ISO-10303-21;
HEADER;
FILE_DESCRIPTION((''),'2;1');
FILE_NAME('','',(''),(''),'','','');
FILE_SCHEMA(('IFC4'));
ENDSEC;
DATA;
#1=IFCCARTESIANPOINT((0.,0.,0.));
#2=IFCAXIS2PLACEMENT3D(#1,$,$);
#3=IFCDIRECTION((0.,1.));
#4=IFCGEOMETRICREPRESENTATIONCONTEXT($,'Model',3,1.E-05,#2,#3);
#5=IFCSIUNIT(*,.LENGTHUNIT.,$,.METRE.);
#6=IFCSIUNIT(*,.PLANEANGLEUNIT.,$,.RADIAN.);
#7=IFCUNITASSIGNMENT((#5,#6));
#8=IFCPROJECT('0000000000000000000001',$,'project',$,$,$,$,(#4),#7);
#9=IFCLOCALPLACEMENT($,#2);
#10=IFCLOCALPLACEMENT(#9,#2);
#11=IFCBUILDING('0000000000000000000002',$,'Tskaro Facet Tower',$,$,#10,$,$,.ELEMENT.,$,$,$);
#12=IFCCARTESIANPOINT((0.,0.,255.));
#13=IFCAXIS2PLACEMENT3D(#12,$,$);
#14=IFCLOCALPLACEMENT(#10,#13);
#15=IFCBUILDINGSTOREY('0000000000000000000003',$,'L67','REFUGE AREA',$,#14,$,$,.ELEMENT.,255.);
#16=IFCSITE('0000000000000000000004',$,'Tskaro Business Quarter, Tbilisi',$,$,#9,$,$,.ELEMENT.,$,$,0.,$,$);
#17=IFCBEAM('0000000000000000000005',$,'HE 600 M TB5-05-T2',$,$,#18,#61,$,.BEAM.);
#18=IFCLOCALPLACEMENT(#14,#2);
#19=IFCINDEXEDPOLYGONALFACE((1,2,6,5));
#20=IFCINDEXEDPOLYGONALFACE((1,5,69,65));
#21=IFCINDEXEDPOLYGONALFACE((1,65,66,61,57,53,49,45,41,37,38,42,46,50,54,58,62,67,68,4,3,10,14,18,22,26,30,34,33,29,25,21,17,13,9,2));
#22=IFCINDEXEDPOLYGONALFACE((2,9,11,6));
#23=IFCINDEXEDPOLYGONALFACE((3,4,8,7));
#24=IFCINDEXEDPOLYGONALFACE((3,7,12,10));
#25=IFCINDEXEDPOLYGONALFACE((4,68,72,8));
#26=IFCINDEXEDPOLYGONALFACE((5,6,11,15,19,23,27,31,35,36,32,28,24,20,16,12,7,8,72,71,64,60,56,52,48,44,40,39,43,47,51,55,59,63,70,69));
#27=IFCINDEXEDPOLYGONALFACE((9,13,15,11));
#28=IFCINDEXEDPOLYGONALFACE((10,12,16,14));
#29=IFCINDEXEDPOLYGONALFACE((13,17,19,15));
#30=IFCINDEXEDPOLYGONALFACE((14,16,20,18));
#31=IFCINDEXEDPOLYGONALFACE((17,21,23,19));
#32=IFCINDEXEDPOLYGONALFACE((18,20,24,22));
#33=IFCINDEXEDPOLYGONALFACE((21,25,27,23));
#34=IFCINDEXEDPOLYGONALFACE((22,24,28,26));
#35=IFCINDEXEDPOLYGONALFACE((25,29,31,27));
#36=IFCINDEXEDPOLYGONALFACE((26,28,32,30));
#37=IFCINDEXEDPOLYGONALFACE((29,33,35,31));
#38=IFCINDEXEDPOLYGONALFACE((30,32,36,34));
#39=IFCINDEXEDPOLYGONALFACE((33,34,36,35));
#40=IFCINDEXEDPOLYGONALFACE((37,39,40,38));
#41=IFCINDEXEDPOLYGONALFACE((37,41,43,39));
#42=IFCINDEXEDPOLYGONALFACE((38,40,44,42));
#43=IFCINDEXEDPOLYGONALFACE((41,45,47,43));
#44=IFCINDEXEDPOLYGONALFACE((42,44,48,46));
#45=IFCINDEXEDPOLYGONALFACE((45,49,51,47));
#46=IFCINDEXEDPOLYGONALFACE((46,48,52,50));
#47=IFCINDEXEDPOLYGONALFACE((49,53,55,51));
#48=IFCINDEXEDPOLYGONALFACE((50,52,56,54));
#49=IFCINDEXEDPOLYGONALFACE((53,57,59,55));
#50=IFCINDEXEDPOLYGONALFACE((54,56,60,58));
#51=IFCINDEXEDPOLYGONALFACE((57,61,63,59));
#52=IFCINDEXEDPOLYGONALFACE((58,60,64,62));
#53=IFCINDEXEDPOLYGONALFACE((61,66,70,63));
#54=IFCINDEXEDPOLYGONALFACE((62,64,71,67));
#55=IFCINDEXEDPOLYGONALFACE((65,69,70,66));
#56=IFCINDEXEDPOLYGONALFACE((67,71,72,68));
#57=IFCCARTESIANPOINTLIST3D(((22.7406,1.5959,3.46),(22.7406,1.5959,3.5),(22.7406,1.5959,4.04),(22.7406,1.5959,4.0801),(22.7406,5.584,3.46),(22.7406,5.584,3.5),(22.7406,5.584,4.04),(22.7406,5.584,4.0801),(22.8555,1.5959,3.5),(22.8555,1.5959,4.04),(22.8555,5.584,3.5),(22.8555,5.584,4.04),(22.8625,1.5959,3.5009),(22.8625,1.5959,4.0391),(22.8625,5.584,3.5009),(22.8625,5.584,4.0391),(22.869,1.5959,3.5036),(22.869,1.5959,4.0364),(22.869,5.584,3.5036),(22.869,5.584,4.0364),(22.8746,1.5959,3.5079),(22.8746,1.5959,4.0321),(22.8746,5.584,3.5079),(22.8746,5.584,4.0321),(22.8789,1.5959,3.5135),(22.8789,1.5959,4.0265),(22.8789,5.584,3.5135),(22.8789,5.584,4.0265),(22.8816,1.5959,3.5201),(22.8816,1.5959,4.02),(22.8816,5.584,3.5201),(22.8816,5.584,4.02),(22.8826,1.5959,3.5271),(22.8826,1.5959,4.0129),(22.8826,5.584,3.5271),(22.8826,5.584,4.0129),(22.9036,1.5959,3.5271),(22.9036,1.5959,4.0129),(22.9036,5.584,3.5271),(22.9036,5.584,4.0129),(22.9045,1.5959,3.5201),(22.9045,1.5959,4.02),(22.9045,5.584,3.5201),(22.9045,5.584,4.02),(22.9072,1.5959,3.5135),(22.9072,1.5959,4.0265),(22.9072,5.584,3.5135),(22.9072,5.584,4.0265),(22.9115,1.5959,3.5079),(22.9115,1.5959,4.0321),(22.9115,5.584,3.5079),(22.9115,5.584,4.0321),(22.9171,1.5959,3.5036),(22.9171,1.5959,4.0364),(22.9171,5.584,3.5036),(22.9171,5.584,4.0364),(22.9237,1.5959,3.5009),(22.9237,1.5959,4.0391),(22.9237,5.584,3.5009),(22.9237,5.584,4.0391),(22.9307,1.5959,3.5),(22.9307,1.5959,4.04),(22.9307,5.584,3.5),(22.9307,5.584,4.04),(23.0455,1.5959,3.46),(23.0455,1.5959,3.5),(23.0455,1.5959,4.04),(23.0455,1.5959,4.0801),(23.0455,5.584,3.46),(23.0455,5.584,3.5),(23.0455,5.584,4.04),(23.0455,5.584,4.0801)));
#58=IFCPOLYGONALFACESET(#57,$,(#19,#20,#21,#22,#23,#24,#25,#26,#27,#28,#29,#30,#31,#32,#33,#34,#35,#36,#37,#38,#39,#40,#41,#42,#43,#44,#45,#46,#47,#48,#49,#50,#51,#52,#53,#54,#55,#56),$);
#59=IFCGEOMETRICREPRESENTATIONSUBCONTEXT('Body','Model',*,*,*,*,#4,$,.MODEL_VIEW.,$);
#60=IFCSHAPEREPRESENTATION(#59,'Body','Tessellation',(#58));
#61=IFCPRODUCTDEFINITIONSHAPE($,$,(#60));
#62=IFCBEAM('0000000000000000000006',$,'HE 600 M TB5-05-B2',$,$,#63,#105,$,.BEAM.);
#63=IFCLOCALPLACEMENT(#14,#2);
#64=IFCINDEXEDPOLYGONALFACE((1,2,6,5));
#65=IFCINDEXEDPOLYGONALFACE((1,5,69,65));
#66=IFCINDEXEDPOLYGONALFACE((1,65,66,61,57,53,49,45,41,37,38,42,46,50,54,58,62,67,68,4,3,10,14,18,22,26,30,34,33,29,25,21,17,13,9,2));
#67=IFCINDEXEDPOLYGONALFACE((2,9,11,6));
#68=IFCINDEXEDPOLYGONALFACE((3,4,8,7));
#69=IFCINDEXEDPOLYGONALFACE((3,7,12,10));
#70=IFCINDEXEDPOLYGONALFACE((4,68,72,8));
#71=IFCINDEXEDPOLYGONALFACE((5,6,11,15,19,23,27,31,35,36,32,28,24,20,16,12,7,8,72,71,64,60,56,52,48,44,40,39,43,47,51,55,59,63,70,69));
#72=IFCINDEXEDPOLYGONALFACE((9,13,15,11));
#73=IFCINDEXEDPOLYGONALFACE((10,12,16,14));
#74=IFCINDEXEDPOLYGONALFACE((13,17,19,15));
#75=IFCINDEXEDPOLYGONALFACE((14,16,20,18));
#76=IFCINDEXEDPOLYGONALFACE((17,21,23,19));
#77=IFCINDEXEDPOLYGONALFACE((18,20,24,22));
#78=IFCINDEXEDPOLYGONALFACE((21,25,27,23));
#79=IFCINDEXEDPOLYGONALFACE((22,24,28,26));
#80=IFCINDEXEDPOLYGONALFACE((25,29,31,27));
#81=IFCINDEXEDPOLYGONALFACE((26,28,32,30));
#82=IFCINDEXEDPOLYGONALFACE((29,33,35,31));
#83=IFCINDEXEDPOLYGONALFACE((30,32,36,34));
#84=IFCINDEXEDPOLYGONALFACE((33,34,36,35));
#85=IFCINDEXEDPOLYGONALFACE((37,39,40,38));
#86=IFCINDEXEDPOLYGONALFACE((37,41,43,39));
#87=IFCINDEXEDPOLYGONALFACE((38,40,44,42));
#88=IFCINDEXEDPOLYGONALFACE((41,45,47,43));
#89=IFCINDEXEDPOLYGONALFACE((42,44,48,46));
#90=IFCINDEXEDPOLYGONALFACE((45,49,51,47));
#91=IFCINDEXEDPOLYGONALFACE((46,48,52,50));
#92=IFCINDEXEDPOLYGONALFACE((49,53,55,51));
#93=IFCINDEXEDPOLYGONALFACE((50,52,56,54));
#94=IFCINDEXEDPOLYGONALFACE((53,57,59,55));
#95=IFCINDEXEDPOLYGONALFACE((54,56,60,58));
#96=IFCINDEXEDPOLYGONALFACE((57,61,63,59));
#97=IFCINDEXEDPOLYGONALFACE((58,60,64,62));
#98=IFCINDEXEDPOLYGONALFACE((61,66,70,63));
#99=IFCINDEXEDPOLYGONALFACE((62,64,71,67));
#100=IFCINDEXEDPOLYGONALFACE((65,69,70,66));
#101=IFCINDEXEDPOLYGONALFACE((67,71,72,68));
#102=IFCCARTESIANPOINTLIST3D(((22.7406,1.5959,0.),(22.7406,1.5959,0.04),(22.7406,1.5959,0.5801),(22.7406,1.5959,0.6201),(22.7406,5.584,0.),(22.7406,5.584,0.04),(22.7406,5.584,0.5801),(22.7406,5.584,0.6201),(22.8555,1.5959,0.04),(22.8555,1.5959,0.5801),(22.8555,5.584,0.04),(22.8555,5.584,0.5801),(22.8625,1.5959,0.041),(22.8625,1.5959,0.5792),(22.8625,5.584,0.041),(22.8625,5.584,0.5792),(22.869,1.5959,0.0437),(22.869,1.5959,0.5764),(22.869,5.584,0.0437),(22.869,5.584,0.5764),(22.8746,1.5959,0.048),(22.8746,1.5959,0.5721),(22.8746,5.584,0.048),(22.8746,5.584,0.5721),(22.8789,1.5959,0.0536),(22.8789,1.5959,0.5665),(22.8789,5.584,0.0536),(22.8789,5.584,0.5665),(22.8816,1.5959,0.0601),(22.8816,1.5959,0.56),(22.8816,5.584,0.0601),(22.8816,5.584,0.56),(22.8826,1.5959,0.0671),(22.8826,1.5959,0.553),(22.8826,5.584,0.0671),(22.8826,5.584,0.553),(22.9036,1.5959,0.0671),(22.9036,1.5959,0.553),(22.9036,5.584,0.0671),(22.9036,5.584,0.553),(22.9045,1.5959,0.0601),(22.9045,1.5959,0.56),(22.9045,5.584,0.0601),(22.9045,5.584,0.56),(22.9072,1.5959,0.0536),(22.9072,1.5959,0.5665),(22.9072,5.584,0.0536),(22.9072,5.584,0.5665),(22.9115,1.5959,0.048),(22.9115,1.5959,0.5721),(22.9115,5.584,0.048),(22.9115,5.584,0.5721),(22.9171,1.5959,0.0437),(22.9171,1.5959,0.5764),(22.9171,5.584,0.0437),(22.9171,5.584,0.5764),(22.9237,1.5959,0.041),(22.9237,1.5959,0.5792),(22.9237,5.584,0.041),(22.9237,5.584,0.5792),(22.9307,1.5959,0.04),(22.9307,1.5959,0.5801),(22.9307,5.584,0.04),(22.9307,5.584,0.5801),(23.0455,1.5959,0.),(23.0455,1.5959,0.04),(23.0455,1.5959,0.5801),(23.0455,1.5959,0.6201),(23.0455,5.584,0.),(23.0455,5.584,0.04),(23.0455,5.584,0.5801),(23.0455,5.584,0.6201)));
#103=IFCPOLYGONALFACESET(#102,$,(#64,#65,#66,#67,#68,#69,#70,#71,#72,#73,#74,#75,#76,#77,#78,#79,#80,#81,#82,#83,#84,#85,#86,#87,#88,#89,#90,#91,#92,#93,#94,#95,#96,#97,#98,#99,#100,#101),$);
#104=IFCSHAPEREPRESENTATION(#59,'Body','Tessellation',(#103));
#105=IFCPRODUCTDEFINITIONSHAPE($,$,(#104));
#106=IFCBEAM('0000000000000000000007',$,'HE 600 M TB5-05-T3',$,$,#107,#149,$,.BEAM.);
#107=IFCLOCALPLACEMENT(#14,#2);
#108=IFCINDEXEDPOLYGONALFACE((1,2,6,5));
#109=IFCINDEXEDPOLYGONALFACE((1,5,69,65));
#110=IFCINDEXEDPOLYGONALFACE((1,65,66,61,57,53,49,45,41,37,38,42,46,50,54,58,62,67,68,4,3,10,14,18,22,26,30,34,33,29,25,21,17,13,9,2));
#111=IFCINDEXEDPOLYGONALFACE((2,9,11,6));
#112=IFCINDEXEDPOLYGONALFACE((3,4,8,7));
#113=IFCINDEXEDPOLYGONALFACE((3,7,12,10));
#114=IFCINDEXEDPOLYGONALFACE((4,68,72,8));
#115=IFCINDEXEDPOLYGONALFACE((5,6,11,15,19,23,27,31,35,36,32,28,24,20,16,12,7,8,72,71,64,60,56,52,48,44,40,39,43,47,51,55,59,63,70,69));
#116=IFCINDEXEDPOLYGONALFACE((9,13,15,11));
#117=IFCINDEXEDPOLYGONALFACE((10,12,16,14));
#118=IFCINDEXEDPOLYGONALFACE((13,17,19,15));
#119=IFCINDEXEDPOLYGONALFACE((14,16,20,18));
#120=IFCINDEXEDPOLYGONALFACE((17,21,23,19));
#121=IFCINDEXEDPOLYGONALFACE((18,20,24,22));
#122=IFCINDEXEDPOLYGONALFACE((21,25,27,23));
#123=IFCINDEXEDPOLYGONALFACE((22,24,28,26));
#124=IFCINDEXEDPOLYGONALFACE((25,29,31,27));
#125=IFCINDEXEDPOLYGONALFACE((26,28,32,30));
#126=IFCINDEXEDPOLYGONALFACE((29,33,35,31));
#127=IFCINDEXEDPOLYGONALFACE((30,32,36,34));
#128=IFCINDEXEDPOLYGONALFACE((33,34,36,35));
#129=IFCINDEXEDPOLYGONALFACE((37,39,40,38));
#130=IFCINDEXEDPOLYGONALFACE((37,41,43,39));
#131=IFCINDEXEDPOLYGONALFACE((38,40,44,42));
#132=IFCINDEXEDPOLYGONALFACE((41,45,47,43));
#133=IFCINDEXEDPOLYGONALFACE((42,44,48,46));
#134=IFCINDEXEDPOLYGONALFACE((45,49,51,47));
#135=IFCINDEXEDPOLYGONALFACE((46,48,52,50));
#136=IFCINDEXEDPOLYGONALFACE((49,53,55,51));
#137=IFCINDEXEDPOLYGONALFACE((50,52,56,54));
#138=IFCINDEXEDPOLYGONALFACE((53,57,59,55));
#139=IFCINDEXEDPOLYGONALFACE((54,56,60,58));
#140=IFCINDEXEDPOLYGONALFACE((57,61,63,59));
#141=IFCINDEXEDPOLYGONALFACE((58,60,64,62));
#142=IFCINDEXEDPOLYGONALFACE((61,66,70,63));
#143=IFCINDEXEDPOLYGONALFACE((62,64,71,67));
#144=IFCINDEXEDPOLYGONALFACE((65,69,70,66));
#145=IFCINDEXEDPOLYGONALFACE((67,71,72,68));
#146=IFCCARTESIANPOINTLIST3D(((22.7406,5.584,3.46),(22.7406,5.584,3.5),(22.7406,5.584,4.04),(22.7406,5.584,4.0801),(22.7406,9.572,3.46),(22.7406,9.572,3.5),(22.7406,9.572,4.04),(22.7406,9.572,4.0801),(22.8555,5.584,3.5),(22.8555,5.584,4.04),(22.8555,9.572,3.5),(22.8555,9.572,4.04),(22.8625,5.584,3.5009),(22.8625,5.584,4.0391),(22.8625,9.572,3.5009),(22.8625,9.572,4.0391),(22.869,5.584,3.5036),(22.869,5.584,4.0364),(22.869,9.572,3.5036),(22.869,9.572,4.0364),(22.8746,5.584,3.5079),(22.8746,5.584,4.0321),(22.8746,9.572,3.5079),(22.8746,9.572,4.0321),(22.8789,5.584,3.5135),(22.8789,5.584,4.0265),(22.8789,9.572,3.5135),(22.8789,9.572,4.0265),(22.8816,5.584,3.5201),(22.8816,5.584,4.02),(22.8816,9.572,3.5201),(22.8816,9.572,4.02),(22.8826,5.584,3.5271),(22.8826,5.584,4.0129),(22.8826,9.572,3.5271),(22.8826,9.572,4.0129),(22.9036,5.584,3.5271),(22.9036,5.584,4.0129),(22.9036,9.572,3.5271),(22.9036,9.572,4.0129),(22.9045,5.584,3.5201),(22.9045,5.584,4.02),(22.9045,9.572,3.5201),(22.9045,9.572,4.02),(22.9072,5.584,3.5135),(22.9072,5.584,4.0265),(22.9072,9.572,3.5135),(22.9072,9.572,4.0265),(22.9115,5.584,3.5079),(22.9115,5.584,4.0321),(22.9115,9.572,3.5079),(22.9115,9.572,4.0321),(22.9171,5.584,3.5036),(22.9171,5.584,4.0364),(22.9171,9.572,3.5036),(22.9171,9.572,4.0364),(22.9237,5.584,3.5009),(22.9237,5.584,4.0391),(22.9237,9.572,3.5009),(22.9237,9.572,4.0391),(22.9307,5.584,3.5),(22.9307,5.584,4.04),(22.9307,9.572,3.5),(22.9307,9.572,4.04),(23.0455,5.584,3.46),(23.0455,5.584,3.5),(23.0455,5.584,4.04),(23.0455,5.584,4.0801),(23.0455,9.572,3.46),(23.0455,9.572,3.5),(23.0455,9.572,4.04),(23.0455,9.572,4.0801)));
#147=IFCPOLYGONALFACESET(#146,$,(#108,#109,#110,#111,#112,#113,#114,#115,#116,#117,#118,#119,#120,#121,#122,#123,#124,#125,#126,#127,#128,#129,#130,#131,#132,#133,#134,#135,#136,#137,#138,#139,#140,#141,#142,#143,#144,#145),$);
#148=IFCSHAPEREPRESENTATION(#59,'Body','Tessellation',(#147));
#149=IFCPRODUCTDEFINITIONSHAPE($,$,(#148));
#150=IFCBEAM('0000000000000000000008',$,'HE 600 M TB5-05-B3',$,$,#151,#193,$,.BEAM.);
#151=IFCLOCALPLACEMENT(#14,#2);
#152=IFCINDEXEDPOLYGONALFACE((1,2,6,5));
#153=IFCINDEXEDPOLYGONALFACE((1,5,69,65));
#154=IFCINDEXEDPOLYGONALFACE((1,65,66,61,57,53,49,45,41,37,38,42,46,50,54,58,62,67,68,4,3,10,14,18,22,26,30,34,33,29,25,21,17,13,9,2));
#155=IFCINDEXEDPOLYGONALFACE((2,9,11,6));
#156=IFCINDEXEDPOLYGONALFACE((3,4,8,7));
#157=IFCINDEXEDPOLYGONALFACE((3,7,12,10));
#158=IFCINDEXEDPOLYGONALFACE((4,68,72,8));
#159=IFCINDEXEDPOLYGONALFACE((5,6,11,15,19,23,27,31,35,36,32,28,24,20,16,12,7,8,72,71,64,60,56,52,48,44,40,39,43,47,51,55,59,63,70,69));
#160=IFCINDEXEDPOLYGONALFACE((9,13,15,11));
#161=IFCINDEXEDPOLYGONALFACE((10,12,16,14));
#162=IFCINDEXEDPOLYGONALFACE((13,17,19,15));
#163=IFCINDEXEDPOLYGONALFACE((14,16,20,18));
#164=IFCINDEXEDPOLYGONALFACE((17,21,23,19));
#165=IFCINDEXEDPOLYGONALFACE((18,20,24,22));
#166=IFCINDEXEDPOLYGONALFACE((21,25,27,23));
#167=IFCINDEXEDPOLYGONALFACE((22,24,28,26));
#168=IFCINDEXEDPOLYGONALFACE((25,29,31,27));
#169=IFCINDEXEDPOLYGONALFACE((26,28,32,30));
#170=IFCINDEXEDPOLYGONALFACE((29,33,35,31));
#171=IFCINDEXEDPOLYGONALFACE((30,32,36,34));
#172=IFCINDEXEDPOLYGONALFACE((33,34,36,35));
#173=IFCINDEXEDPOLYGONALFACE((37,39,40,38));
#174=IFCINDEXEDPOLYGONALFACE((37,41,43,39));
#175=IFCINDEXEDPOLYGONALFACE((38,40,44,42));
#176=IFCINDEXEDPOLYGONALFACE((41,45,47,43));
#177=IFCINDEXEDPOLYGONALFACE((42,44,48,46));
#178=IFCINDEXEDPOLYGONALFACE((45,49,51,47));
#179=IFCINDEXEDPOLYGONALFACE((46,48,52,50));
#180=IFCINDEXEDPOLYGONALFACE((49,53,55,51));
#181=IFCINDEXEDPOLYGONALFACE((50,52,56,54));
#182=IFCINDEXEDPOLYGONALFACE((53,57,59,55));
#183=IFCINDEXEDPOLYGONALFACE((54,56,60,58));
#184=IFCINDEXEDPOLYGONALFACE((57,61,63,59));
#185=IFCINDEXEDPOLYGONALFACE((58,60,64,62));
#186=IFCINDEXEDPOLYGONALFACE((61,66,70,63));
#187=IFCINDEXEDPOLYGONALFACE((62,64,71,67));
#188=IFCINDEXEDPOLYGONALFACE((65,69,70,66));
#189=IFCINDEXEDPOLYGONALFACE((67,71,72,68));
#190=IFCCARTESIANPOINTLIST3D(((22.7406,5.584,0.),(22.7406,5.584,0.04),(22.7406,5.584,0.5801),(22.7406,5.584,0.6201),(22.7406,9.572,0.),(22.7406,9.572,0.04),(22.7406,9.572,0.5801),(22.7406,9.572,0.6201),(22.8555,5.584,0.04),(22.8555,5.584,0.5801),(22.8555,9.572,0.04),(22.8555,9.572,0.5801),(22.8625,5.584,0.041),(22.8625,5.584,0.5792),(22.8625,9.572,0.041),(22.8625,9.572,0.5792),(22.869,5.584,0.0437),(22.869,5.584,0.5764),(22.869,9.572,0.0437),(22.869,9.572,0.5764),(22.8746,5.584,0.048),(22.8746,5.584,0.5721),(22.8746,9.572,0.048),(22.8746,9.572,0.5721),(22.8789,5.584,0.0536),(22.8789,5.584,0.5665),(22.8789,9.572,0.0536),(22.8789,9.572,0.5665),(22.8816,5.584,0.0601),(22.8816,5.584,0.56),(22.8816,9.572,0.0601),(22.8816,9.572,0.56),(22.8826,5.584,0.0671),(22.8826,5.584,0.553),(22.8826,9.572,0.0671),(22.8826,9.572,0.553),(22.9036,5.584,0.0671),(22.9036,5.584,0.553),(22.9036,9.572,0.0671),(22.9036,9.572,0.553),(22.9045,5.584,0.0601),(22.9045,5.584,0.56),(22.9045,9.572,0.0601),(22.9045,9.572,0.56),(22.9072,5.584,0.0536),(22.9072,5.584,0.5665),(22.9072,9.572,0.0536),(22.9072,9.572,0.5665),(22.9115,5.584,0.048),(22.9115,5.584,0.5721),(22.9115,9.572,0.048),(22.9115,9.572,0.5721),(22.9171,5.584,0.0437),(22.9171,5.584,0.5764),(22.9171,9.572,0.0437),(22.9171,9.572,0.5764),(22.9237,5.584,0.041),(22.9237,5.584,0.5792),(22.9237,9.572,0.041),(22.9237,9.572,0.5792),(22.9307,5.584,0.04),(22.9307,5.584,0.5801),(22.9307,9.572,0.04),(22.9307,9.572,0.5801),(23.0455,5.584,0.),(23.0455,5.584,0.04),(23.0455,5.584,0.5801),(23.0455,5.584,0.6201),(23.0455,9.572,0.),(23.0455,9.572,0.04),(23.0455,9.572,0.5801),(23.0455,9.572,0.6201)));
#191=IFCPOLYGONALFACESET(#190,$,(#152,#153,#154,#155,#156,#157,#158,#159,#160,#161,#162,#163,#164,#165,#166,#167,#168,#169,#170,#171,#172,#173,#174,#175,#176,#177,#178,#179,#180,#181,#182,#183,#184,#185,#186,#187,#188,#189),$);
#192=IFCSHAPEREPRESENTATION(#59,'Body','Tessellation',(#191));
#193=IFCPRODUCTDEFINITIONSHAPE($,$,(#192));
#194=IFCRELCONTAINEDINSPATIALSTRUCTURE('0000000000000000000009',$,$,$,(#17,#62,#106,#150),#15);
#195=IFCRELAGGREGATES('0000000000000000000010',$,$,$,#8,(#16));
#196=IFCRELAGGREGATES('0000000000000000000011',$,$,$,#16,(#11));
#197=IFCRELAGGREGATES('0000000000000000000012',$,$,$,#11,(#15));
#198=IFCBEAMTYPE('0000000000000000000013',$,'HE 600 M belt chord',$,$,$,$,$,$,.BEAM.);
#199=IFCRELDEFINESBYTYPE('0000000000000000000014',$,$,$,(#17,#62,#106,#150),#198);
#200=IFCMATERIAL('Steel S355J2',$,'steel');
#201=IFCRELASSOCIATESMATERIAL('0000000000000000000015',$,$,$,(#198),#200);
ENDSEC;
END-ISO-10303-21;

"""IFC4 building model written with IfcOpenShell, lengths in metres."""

from ifc_helpers import new_model, si_unit, direction, frame, origin, origin_2d, place, context, subcontext, project, spatial, i_section, extrude, material, material_profile, profile_set, type_object, element, save


model = new_model("IFC4")

# Units and contexts
model_context = context("Model", 3, precision=1e-05, world=origin(), true_north=direction((0.0, 1.0)))
body_context = subcontext(model_context, "Body", "Model", "MODEL_VIEW")
ifc_project = project(units=[si_unit("LENGTHUNIT", "METRE"), si_unit("PLANEANGLEUNIT", "RADIAN")], contexts=[model_context])

# Site, building, storey
site_placement = place(None, origin())
site = spatial("IfcSite", under=ifc_project, at=site_placement, Name="Tskaro Business Quarter, Tbilisi", CompositionType="ELEMENT", RefElevation=0.0)
building_placement = place(site_placement, origin())
building = spatial("IfcBuilding", under=site, at=building_placement, Name="Tskaro Facet Tower", CompositionType="ELEMENT")
storey_placement = place(building_placement, frame((0.0, 0.0, 255.0)))
storey = spatial("IfcBuildingStorey", under=building, at=storey_placement, Name="L67", Description="REFUGE AREA", CompositionType="ELEMENT", Elevation=255.0)

# Shared definitions
ifc_material_1 = material(Name="Steel S355J2", Category="steel")

# Beams
ifc_material_profile_1 = material_profile(ifc_material_1, i_section(OverallWidth=0.3049, OverallDepth=0.6201, WebThickness=0.021, FlangeThickness=0.04, FilletRadius=0.0271, at=origin_2d()), Name="HE 600 M")
ifc_profile_set_1 = profile_set([ifc_material_profile_1], Name="Steel S355J2")
beam_type_1 = type_object("IfcBeamType", Name="HE 600 M belt chord", PredefinedType="BEAM", material=ifc_profile_set_1)
for number, where, z_axis, x_axis, name in (
    (1, (22.8931, 1.5959, 3.77), (0.0, 1.0, 0.0), (-1.0, 0.0, 0.0), "HE 600 M TB5-05-T2"),
    (2, (22.8931, 1.5959, 0.3101), (0.0, 1.0, 0.0), (-1.0, 0.0, 0.0), "HE 600 M TB5-05-B2"),
    (3, (22.8931, 5.584, 3.77), (0.0, 1.0, 0.0), (-1.0, 0.0, 0.0), "HE 600 M TB5-05-T3"),
    (4, (22.8931, 5.584, 0.3101), (0.0, 1.0, 0.0), (-1.0, 0.0, 0.0), "HE 600 M TB5-05-B3"),
):
    element("IfcBeam", number, at=place(storey_placement, frame(where, z_axis=z_axis, x_axis=x_axis)), inside=storey, type_object=beam_type_1, Name=name, PredefinedType="BEAM", context=body_context, shape_type="SweptSolid", body=[
        extrude(i_section(OverallWidth=0.3049, OverallDepth=0.6201, WebThickness=0.021, FlangeThickness=0.04, FilletRadius=0.0271, at=origin_2d()), origin(), (0.0, 0.0, 1.0), 3.988),
    ])

save(model, "model.ifc")
